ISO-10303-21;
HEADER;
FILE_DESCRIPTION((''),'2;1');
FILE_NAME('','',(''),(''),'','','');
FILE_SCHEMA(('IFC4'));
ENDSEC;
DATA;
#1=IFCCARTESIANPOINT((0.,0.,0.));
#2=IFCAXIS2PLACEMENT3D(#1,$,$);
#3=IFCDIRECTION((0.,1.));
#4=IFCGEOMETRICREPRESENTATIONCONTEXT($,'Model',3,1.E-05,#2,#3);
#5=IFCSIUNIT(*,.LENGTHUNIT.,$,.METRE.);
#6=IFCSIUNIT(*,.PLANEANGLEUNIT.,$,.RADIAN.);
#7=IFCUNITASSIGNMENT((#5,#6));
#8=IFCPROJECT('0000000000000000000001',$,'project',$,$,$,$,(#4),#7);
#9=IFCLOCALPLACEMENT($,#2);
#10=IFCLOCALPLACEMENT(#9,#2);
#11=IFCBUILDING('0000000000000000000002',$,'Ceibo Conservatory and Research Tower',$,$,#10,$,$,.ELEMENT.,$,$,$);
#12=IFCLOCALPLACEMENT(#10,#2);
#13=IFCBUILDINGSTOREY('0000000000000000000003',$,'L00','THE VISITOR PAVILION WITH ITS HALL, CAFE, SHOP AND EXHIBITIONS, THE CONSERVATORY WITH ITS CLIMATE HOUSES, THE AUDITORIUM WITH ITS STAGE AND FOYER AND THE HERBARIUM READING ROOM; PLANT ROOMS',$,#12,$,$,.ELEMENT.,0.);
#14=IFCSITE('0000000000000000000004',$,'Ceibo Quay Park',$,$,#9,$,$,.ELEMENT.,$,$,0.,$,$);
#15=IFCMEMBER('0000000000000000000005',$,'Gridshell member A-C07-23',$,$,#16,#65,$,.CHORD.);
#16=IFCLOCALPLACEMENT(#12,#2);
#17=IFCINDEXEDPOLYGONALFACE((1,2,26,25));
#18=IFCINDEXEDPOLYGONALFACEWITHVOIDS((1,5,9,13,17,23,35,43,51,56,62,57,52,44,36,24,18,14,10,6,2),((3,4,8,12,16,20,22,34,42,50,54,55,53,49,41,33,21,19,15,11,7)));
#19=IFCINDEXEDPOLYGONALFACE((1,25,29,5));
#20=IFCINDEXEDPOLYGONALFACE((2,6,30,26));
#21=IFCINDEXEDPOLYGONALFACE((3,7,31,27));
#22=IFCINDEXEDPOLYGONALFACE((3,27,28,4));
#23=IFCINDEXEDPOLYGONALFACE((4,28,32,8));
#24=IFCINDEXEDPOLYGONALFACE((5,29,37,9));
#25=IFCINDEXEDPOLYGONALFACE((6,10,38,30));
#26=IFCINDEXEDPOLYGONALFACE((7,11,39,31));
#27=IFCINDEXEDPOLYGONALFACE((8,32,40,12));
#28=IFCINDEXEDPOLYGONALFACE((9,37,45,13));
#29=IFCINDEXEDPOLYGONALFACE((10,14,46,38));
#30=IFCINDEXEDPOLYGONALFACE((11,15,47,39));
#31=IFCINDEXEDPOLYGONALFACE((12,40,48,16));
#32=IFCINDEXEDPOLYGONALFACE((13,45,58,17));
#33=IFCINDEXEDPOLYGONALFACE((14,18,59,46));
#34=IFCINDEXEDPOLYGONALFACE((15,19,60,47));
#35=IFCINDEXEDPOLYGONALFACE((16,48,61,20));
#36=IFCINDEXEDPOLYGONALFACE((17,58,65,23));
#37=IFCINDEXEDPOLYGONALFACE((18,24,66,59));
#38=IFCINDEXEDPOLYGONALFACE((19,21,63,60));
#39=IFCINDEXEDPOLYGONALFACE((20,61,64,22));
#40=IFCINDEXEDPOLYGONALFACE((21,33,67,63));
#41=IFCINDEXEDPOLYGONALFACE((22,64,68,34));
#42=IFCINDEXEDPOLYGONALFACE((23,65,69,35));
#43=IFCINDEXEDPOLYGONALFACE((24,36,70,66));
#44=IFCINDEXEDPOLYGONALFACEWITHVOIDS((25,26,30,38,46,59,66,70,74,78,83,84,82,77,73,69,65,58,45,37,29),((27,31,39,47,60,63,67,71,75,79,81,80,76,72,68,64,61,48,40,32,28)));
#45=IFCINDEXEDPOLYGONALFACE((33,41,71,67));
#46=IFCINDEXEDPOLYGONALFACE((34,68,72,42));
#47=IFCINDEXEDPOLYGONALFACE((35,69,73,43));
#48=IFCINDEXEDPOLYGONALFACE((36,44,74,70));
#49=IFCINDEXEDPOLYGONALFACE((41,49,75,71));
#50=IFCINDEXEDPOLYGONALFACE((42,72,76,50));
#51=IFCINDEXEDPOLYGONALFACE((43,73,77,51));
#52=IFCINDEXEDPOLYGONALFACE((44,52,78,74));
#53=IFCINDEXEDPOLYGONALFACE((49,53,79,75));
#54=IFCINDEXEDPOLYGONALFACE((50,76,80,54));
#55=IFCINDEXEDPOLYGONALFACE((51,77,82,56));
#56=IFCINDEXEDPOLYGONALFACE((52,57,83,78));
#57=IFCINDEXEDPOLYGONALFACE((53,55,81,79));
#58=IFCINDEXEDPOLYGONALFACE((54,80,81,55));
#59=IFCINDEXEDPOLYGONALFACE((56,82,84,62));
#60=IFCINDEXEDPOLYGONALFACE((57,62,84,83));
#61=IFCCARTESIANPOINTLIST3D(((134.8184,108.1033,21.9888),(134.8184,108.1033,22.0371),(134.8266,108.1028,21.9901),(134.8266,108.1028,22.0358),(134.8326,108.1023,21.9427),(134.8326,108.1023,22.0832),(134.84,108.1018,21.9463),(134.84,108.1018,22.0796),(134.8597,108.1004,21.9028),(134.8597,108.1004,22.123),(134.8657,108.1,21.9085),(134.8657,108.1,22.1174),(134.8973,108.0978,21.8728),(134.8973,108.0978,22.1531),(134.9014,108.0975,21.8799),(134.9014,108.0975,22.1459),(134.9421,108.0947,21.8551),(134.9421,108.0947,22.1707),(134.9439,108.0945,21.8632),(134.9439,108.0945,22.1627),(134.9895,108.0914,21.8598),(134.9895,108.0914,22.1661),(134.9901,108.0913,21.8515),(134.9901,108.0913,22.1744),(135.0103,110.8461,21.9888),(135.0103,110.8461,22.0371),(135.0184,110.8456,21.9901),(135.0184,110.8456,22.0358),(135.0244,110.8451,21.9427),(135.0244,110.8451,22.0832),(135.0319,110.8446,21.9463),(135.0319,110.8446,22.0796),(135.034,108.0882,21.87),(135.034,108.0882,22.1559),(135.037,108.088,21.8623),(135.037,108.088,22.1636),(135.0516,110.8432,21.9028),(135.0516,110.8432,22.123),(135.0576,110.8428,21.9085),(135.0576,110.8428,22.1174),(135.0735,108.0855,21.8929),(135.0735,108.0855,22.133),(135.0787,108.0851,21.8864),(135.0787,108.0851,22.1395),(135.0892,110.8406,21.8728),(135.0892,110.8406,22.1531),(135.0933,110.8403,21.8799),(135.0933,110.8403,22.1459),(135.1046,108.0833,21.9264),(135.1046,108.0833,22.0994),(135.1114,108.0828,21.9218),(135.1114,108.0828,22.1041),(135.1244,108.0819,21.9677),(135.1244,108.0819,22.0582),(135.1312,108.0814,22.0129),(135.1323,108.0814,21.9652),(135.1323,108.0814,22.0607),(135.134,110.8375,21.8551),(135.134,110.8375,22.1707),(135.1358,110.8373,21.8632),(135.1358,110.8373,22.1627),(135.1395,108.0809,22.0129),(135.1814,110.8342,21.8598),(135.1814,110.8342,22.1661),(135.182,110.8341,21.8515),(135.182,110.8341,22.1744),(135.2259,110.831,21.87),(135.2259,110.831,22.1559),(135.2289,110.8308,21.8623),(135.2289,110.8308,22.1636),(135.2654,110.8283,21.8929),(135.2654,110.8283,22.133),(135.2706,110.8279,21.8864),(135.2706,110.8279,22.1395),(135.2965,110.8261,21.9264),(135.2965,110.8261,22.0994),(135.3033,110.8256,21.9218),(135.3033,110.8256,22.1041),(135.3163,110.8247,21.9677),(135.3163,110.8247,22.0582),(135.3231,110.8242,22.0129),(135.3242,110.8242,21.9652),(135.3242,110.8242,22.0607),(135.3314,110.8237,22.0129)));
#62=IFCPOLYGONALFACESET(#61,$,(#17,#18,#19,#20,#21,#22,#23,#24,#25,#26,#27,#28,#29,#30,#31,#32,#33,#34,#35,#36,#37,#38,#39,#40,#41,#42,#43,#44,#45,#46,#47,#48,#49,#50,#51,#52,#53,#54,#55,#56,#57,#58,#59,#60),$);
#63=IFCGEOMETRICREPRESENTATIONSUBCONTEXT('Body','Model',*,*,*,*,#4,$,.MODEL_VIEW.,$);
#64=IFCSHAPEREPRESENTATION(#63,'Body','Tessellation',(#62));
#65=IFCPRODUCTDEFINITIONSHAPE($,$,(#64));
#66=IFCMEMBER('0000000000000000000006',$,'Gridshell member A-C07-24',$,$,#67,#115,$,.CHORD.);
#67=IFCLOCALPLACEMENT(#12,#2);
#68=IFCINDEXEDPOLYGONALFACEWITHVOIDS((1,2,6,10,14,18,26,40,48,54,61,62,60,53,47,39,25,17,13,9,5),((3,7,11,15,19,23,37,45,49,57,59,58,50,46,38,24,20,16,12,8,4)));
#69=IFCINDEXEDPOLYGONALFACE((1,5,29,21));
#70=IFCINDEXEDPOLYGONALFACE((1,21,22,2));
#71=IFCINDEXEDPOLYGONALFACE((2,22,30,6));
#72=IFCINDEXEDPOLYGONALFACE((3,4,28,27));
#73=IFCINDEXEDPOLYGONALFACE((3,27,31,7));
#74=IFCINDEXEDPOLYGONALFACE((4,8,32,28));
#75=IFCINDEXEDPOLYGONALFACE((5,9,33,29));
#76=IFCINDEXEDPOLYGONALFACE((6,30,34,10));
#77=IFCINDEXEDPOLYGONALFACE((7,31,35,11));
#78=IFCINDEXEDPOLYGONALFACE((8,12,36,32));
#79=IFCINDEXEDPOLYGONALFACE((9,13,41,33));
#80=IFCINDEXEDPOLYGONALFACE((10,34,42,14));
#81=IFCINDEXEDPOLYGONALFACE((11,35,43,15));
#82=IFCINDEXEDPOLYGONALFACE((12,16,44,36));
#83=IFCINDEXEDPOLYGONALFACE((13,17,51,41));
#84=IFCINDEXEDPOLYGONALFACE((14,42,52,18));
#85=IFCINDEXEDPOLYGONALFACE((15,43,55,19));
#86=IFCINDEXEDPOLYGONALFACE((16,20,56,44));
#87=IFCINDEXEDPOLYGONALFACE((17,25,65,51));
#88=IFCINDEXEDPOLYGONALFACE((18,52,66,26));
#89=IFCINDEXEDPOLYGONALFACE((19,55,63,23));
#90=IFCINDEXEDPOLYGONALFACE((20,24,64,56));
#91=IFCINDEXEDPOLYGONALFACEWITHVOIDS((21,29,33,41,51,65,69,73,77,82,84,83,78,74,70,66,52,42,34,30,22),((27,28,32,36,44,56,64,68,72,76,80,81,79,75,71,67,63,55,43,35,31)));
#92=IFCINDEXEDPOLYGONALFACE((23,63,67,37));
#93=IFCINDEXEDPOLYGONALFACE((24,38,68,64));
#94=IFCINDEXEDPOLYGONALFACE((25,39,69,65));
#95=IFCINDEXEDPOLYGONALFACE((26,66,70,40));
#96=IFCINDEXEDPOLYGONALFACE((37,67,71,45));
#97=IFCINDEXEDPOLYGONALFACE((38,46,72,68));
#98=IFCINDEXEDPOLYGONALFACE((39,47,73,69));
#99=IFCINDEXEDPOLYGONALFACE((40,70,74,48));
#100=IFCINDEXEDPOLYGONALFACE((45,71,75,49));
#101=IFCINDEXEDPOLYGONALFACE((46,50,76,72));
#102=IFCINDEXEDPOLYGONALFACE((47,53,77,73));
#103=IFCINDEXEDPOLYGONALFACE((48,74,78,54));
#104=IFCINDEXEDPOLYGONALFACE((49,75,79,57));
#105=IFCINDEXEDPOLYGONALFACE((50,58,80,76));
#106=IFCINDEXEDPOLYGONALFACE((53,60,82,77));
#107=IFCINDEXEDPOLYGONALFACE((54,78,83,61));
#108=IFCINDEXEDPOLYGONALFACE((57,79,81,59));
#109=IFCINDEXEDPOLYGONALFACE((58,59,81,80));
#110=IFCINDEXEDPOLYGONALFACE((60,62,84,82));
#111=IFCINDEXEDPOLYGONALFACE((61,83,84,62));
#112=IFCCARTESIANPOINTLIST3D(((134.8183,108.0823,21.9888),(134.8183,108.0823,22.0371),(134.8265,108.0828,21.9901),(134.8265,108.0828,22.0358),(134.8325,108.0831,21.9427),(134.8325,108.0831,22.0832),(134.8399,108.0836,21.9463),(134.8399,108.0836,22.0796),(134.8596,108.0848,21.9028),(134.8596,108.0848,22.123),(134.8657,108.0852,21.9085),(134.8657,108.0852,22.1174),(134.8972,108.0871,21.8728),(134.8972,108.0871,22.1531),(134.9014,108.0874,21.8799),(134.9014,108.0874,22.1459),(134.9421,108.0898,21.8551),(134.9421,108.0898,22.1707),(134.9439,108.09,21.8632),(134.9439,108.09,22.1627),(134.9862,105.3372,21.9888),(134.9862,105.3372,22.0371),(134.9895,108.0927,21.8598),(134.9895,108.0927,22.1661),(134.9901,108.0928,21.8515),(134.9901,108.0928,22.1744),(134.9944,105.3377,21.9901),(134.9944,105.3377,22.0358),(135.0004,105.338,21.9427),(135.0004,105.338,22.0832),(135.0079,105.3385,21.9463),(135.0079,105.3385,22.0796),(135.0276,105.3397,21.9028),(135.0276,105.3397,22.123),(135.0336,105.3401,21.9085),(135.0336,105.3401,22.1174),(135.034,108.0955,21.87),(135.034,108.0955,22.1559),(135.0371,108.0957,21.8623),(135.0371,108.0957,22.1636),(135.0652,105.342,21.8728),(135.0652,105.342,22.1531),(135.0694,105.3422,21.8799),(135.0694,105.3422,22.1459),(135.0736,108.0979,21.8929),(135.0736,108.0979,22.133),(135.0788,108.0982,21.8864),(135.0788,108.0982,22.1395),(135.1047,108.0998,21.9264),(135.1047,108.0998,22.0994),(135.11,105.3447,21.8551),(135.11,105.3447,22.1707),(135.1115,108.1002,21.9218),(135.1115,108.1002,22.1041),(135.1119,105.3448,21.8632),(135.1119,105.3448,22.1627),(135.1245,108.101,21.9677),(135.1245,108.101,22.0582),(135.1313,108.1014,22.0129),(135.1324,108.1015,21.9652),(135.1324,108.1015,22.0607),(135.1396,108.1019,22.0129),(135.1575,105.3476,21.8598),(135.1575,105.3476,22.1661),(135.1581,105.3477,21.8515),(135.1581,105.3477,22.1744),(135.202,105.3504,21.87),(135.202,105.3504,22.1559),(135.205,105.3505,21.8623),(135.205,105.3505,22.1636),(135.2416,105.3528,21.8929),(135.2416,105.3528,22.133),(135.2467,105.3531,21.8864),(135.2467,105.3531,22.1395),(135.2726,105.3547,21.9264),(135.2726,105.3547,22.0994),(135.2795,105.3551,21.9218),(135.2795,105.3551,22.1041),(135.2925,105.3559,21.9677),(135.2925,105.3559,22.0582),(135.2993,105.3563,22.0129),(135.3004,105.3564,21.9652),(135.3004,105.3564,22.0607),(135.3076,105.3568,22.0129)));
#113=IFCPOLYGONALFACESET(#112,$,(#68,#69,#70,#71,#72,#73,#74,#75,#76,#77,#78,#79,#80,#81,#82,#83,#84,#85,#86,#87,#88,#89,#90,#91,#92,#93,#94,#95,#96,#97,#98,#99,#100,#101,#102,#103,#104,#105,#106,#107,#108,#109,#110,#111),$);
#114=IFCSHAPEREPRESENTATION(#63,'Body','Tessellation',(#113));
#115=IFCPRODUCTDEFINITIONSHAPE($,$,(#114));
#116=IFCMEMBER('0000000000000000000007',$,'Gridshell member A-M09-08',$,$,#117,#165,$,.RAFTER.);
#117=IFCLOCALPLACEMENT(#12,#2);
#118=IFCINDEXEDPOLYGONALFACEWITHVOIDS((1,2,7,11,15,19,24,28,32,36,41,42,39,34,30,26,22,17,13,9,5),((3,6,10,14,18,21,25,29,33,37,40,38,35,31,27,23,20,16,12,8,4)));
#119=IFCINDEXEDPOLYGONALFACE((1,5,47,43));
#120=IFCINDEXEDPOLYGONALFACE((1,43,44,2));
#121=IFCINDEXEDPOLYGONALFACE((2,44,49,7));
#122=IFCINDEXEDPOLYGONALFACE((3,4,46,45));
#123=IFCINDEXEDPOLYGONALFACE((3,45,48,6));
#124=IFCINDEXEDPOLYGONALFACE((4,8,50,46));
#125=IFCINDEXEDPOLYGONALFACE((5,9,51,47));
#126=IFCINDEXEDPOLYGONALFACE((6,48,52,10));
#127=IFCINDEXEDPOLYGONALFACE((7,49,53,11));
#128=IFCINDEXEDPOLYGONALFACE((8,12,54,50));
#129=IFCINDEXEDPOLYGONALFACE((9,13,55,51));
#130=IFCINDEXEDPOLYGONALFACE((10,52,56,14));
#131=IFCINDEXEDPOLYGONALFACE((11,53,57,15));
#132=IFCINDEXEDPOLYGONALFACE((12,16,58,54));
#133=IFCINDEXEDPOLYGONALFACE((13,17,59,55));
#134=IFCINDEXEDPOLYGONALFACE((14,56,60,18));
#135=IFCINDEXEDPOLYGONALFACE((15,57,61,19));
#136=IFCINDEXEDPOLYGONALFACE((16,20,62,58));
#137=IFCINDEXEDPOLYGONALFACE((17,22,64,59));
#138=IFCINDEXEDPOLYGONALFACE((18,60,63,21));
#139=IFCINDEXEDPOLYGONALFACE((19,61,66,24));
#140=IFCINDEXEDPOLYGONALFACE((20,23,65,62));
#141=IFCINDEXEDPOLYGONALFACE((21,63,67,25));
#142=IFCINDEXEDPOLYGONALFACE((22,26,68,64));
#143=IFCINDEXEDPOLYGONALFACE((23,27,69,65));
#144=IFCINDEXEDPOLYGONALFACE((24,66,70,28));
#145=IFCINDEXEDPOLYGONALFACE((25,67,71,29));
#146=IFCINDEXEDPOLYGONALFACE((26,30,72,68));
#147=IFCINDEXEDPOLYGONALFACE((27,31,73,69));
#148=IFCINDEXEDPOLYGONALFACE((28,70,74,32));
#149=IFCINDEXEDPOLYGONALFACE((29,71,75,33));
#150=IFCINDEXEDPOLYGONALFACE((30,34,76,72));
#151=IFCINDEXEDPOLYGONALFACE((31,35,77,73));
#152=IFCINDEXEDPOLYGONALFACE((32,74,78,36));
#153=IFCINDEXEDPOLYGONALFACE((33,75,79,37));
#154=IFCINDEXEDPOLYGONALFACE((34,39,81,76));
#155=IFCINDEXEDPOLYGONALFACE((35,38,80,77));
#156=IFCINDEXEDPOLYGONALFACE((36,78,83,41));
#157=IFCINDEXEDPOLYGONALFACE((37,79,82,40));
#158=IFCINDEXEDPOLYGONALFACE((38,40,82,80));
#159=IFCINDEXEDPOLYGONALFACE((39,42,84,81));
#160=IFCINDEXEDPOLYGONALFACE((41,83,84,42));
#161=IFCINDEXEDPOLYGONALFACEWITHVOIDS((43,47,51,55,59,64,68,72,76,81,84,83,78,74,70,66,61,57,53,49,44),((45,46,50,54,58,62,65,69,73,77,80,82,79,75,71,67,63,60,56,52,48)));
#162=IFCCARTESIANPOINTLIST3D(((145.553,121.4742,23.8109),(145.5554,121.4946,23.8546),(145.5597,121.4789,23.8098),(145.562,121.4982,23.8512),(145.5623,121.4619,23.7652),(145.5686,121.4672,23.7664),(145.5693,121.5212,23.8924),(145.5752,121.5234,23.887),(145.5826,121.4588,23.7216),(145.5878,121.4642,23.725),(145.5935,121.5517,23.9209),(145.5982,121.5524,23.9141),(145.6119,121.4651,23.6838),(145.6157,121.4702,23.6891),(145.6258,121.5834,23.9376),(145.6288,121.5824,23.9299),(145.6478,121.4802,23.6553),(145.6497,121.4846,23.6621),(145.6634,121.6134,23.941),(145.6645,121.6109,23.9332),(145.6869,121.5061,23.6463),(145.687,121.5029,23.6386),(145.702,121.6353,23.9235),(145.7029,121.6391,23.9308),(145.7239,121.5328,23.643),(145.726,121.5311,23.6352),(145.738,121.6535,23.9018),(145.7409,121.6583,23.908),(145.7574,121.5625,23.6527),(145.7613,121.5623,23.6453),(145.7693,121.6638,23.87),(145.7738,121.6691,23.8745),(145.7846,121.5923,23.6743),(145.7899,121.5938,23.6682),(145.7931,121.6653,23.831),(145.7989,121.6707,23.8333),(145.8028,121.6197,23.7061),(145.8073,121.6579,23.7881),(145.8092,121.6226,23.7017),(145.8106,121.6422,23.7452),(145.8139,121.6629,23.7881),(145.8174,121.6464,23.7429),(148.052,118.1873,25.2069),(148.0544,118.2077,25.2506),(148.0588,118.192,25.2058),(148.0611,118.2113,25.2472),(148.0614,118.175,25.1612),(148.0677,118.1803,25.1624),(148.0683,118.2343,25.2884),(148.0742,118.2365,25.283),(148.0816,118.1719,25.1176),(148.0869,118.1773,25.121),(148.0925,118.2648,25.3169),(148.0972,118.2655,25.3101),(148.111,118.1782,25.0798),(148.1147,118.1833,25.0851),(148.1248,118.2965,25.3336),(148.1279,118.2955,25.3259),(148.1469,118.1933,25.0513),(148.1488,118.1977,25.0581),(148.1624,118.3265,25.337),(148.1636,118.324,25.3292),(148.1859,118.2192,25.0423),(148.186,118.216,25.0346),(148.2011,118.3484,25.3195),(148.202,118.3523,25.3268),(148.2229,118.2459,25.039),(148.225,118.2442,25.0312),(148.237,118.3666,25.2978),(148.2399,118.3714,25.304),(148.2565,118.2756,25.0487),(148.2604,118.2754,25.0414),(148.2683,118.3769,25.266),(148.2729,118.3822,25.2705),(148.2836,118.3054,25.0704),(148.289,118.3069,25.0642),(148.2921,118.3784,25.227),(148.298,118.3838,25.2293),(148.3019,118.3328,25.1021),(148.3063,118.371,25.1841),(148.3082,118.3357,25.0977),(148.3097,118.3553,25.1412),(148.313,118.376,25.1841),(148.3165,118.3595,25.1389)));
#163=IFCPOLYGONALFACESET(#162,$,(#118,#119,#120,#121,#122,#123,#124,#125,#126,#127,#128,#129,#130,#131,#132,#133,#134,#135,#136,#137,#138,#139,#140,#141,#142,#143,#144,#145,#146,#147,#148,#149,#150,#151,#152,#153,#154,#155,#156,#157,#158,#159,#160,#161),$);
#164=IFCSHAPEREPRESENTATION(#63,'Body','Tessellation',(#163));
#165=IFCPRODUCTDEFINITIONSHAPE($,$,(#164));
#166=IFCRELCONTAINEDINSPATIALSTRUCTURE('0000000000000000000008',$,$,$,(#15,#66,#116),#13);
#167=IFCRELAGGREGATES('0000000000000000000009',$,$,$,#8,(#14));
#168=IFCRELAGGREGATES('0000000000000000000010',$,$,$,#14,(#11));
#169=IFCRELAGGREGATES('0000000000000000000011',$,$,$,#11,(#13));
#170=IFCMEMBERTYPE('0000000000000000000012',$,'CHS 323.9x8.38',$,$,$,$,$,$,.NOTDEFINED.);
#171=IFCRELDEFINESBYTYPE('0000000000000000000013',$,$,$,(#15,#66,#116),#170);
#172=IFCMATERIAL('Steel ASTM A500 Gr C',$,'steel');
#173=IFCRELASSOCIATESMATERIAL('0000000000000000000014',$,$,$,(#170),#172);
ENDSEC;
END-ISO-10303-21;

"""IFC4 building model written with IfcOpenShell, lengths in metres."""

from ifc_helpers import new_model, si_unit, direction, frame, origin, origin_2d, place, context, subcontext, project, spatial, hollow_circle, extrude, material, material_profile, profile_set, type_object, element, save


model = new_model("IFC4")

# Units and contexts
model_context = context("Model", 3, precision=1e-05, world=origin(), true_north=direction((0.0, 1.0)))
body_context = subcontext(model_context, "Body", "Model", "MODEL_VIEW")
ifc_project = project(units=[si_unit("LENGTHUNIT", "METRE"), si_unit("PLANEANGLEUNIT", "RADIAN")], contexts=[model_context])

# Site, building, storey
site_placement = place(None, origin())
site = spatial("IfcSite", under=ifc_project, at=site_placement, Name="Ceibo Quay Park", CompositionType="ELEMENT", RefElevation=0.0)
building_placement = place(site_placement, origin())
building = spatial("IfcBuilding", under=site, at=building_placement, Name="Ceibo Conservatory and Research Tower", CompositionType="ELEMENT")
storey_placement = place(building_placement, origin())
storey = spatial("IfcBuildingStorey", under=building, at=storey_placement, Name="L00", Description="THE VISITOR PAVILION WITH ITS HALL, CAFE, SHOP AND EXHIBITIONS, THE CONSERVATORY WITH ITS CLIMATE HOUSES, THE AUDITORIUM WITH ITS STAGE AND FOYER AND THE HERBARIUM READING ROOM; PLANT ROOMS", CompositionType="ELEMENT", Elevation=0.0)

# Members
ifc_material_1 = material(Name="Steel ASTM A500 Gr C", Category="steel")
ifc_material_profile_1 = material_profile(ifc_material_1, hollow_circle(Radius=0.1619, WallThickness=0.0083, at=origin_2d()), Name="CHS 323.9x8.38")
ifc_profile_set_1 = profile_set([ifc_material_profile_1], Name="Steel ASTM A500 Gr C")
member_type_1 = type_object("IfcMemberType", Name="CHS 323.9x8.38", PredefinedType="NOTDEFINED", material=ifc_profile_set_1)
member_1_placement = place(storey_placement, frame((135.1699, 110.835, 22.0129), z_axis=(-0.069789, -0.997562, 0.0), x_axis=(0.997562, -0.069789, 0.0)))
element("IfcMember", 1, at=member_1_placement, inside=storey, type_object=member_type_1, Name="Gridshell member A-C07-23", PredefinedType="CHORD", context=body_context, shape_type="SweptSolid", body=[
    extrude(hollow_circle(Radius=0.1619, WallThickness=0.0083, at=origin_2d()), origin(), (0.0, 0.0, 1.0), 2.7495),
])
member_2_placement = place(storey_placement, frame((134.978, 108.092, 22.0129), z_axis=(0.061074, -0.998133, 0.0), x_axis=(0.998133, 0.061074, 0.0)))
element("IfcMember", 2, at=member_2_placement, inside=storey, type_object=member_type_1, Name="Gridshell member A-C07-24", PredefinedType="CHORD", context=body_context, shape_type="SweptSolid", body=[
    extrude(hollow_circle(Radius=0.1619, WallThickness=0.0083, at=origin_2d()), origin(), (0.0, 0.0, 1.0), 2.7502),
])
member_3_placement = place(storey_placement, frame((145.6851, 121.5649, 23.7881), z_axis=(0.573354, -0.75411, 0.320285), x_axis=(0.796045, 0.605238, 0.0)))
element("IfcMember", 3, at=member_3_placement, inside=storey, type_object=member_type_1, Name="Gridshell member A-M09-08", PredefinedType="RAFTER", context=body_context, shape_type="SweptSolid", body=[
    extrude(hollow_circle(Radius=0.1619, WallThickness=0.0083, at=origin_2d()), origin(), (0.0, 0.0, 1.0), 4.3586),
])

save(model, "model.ifc")
